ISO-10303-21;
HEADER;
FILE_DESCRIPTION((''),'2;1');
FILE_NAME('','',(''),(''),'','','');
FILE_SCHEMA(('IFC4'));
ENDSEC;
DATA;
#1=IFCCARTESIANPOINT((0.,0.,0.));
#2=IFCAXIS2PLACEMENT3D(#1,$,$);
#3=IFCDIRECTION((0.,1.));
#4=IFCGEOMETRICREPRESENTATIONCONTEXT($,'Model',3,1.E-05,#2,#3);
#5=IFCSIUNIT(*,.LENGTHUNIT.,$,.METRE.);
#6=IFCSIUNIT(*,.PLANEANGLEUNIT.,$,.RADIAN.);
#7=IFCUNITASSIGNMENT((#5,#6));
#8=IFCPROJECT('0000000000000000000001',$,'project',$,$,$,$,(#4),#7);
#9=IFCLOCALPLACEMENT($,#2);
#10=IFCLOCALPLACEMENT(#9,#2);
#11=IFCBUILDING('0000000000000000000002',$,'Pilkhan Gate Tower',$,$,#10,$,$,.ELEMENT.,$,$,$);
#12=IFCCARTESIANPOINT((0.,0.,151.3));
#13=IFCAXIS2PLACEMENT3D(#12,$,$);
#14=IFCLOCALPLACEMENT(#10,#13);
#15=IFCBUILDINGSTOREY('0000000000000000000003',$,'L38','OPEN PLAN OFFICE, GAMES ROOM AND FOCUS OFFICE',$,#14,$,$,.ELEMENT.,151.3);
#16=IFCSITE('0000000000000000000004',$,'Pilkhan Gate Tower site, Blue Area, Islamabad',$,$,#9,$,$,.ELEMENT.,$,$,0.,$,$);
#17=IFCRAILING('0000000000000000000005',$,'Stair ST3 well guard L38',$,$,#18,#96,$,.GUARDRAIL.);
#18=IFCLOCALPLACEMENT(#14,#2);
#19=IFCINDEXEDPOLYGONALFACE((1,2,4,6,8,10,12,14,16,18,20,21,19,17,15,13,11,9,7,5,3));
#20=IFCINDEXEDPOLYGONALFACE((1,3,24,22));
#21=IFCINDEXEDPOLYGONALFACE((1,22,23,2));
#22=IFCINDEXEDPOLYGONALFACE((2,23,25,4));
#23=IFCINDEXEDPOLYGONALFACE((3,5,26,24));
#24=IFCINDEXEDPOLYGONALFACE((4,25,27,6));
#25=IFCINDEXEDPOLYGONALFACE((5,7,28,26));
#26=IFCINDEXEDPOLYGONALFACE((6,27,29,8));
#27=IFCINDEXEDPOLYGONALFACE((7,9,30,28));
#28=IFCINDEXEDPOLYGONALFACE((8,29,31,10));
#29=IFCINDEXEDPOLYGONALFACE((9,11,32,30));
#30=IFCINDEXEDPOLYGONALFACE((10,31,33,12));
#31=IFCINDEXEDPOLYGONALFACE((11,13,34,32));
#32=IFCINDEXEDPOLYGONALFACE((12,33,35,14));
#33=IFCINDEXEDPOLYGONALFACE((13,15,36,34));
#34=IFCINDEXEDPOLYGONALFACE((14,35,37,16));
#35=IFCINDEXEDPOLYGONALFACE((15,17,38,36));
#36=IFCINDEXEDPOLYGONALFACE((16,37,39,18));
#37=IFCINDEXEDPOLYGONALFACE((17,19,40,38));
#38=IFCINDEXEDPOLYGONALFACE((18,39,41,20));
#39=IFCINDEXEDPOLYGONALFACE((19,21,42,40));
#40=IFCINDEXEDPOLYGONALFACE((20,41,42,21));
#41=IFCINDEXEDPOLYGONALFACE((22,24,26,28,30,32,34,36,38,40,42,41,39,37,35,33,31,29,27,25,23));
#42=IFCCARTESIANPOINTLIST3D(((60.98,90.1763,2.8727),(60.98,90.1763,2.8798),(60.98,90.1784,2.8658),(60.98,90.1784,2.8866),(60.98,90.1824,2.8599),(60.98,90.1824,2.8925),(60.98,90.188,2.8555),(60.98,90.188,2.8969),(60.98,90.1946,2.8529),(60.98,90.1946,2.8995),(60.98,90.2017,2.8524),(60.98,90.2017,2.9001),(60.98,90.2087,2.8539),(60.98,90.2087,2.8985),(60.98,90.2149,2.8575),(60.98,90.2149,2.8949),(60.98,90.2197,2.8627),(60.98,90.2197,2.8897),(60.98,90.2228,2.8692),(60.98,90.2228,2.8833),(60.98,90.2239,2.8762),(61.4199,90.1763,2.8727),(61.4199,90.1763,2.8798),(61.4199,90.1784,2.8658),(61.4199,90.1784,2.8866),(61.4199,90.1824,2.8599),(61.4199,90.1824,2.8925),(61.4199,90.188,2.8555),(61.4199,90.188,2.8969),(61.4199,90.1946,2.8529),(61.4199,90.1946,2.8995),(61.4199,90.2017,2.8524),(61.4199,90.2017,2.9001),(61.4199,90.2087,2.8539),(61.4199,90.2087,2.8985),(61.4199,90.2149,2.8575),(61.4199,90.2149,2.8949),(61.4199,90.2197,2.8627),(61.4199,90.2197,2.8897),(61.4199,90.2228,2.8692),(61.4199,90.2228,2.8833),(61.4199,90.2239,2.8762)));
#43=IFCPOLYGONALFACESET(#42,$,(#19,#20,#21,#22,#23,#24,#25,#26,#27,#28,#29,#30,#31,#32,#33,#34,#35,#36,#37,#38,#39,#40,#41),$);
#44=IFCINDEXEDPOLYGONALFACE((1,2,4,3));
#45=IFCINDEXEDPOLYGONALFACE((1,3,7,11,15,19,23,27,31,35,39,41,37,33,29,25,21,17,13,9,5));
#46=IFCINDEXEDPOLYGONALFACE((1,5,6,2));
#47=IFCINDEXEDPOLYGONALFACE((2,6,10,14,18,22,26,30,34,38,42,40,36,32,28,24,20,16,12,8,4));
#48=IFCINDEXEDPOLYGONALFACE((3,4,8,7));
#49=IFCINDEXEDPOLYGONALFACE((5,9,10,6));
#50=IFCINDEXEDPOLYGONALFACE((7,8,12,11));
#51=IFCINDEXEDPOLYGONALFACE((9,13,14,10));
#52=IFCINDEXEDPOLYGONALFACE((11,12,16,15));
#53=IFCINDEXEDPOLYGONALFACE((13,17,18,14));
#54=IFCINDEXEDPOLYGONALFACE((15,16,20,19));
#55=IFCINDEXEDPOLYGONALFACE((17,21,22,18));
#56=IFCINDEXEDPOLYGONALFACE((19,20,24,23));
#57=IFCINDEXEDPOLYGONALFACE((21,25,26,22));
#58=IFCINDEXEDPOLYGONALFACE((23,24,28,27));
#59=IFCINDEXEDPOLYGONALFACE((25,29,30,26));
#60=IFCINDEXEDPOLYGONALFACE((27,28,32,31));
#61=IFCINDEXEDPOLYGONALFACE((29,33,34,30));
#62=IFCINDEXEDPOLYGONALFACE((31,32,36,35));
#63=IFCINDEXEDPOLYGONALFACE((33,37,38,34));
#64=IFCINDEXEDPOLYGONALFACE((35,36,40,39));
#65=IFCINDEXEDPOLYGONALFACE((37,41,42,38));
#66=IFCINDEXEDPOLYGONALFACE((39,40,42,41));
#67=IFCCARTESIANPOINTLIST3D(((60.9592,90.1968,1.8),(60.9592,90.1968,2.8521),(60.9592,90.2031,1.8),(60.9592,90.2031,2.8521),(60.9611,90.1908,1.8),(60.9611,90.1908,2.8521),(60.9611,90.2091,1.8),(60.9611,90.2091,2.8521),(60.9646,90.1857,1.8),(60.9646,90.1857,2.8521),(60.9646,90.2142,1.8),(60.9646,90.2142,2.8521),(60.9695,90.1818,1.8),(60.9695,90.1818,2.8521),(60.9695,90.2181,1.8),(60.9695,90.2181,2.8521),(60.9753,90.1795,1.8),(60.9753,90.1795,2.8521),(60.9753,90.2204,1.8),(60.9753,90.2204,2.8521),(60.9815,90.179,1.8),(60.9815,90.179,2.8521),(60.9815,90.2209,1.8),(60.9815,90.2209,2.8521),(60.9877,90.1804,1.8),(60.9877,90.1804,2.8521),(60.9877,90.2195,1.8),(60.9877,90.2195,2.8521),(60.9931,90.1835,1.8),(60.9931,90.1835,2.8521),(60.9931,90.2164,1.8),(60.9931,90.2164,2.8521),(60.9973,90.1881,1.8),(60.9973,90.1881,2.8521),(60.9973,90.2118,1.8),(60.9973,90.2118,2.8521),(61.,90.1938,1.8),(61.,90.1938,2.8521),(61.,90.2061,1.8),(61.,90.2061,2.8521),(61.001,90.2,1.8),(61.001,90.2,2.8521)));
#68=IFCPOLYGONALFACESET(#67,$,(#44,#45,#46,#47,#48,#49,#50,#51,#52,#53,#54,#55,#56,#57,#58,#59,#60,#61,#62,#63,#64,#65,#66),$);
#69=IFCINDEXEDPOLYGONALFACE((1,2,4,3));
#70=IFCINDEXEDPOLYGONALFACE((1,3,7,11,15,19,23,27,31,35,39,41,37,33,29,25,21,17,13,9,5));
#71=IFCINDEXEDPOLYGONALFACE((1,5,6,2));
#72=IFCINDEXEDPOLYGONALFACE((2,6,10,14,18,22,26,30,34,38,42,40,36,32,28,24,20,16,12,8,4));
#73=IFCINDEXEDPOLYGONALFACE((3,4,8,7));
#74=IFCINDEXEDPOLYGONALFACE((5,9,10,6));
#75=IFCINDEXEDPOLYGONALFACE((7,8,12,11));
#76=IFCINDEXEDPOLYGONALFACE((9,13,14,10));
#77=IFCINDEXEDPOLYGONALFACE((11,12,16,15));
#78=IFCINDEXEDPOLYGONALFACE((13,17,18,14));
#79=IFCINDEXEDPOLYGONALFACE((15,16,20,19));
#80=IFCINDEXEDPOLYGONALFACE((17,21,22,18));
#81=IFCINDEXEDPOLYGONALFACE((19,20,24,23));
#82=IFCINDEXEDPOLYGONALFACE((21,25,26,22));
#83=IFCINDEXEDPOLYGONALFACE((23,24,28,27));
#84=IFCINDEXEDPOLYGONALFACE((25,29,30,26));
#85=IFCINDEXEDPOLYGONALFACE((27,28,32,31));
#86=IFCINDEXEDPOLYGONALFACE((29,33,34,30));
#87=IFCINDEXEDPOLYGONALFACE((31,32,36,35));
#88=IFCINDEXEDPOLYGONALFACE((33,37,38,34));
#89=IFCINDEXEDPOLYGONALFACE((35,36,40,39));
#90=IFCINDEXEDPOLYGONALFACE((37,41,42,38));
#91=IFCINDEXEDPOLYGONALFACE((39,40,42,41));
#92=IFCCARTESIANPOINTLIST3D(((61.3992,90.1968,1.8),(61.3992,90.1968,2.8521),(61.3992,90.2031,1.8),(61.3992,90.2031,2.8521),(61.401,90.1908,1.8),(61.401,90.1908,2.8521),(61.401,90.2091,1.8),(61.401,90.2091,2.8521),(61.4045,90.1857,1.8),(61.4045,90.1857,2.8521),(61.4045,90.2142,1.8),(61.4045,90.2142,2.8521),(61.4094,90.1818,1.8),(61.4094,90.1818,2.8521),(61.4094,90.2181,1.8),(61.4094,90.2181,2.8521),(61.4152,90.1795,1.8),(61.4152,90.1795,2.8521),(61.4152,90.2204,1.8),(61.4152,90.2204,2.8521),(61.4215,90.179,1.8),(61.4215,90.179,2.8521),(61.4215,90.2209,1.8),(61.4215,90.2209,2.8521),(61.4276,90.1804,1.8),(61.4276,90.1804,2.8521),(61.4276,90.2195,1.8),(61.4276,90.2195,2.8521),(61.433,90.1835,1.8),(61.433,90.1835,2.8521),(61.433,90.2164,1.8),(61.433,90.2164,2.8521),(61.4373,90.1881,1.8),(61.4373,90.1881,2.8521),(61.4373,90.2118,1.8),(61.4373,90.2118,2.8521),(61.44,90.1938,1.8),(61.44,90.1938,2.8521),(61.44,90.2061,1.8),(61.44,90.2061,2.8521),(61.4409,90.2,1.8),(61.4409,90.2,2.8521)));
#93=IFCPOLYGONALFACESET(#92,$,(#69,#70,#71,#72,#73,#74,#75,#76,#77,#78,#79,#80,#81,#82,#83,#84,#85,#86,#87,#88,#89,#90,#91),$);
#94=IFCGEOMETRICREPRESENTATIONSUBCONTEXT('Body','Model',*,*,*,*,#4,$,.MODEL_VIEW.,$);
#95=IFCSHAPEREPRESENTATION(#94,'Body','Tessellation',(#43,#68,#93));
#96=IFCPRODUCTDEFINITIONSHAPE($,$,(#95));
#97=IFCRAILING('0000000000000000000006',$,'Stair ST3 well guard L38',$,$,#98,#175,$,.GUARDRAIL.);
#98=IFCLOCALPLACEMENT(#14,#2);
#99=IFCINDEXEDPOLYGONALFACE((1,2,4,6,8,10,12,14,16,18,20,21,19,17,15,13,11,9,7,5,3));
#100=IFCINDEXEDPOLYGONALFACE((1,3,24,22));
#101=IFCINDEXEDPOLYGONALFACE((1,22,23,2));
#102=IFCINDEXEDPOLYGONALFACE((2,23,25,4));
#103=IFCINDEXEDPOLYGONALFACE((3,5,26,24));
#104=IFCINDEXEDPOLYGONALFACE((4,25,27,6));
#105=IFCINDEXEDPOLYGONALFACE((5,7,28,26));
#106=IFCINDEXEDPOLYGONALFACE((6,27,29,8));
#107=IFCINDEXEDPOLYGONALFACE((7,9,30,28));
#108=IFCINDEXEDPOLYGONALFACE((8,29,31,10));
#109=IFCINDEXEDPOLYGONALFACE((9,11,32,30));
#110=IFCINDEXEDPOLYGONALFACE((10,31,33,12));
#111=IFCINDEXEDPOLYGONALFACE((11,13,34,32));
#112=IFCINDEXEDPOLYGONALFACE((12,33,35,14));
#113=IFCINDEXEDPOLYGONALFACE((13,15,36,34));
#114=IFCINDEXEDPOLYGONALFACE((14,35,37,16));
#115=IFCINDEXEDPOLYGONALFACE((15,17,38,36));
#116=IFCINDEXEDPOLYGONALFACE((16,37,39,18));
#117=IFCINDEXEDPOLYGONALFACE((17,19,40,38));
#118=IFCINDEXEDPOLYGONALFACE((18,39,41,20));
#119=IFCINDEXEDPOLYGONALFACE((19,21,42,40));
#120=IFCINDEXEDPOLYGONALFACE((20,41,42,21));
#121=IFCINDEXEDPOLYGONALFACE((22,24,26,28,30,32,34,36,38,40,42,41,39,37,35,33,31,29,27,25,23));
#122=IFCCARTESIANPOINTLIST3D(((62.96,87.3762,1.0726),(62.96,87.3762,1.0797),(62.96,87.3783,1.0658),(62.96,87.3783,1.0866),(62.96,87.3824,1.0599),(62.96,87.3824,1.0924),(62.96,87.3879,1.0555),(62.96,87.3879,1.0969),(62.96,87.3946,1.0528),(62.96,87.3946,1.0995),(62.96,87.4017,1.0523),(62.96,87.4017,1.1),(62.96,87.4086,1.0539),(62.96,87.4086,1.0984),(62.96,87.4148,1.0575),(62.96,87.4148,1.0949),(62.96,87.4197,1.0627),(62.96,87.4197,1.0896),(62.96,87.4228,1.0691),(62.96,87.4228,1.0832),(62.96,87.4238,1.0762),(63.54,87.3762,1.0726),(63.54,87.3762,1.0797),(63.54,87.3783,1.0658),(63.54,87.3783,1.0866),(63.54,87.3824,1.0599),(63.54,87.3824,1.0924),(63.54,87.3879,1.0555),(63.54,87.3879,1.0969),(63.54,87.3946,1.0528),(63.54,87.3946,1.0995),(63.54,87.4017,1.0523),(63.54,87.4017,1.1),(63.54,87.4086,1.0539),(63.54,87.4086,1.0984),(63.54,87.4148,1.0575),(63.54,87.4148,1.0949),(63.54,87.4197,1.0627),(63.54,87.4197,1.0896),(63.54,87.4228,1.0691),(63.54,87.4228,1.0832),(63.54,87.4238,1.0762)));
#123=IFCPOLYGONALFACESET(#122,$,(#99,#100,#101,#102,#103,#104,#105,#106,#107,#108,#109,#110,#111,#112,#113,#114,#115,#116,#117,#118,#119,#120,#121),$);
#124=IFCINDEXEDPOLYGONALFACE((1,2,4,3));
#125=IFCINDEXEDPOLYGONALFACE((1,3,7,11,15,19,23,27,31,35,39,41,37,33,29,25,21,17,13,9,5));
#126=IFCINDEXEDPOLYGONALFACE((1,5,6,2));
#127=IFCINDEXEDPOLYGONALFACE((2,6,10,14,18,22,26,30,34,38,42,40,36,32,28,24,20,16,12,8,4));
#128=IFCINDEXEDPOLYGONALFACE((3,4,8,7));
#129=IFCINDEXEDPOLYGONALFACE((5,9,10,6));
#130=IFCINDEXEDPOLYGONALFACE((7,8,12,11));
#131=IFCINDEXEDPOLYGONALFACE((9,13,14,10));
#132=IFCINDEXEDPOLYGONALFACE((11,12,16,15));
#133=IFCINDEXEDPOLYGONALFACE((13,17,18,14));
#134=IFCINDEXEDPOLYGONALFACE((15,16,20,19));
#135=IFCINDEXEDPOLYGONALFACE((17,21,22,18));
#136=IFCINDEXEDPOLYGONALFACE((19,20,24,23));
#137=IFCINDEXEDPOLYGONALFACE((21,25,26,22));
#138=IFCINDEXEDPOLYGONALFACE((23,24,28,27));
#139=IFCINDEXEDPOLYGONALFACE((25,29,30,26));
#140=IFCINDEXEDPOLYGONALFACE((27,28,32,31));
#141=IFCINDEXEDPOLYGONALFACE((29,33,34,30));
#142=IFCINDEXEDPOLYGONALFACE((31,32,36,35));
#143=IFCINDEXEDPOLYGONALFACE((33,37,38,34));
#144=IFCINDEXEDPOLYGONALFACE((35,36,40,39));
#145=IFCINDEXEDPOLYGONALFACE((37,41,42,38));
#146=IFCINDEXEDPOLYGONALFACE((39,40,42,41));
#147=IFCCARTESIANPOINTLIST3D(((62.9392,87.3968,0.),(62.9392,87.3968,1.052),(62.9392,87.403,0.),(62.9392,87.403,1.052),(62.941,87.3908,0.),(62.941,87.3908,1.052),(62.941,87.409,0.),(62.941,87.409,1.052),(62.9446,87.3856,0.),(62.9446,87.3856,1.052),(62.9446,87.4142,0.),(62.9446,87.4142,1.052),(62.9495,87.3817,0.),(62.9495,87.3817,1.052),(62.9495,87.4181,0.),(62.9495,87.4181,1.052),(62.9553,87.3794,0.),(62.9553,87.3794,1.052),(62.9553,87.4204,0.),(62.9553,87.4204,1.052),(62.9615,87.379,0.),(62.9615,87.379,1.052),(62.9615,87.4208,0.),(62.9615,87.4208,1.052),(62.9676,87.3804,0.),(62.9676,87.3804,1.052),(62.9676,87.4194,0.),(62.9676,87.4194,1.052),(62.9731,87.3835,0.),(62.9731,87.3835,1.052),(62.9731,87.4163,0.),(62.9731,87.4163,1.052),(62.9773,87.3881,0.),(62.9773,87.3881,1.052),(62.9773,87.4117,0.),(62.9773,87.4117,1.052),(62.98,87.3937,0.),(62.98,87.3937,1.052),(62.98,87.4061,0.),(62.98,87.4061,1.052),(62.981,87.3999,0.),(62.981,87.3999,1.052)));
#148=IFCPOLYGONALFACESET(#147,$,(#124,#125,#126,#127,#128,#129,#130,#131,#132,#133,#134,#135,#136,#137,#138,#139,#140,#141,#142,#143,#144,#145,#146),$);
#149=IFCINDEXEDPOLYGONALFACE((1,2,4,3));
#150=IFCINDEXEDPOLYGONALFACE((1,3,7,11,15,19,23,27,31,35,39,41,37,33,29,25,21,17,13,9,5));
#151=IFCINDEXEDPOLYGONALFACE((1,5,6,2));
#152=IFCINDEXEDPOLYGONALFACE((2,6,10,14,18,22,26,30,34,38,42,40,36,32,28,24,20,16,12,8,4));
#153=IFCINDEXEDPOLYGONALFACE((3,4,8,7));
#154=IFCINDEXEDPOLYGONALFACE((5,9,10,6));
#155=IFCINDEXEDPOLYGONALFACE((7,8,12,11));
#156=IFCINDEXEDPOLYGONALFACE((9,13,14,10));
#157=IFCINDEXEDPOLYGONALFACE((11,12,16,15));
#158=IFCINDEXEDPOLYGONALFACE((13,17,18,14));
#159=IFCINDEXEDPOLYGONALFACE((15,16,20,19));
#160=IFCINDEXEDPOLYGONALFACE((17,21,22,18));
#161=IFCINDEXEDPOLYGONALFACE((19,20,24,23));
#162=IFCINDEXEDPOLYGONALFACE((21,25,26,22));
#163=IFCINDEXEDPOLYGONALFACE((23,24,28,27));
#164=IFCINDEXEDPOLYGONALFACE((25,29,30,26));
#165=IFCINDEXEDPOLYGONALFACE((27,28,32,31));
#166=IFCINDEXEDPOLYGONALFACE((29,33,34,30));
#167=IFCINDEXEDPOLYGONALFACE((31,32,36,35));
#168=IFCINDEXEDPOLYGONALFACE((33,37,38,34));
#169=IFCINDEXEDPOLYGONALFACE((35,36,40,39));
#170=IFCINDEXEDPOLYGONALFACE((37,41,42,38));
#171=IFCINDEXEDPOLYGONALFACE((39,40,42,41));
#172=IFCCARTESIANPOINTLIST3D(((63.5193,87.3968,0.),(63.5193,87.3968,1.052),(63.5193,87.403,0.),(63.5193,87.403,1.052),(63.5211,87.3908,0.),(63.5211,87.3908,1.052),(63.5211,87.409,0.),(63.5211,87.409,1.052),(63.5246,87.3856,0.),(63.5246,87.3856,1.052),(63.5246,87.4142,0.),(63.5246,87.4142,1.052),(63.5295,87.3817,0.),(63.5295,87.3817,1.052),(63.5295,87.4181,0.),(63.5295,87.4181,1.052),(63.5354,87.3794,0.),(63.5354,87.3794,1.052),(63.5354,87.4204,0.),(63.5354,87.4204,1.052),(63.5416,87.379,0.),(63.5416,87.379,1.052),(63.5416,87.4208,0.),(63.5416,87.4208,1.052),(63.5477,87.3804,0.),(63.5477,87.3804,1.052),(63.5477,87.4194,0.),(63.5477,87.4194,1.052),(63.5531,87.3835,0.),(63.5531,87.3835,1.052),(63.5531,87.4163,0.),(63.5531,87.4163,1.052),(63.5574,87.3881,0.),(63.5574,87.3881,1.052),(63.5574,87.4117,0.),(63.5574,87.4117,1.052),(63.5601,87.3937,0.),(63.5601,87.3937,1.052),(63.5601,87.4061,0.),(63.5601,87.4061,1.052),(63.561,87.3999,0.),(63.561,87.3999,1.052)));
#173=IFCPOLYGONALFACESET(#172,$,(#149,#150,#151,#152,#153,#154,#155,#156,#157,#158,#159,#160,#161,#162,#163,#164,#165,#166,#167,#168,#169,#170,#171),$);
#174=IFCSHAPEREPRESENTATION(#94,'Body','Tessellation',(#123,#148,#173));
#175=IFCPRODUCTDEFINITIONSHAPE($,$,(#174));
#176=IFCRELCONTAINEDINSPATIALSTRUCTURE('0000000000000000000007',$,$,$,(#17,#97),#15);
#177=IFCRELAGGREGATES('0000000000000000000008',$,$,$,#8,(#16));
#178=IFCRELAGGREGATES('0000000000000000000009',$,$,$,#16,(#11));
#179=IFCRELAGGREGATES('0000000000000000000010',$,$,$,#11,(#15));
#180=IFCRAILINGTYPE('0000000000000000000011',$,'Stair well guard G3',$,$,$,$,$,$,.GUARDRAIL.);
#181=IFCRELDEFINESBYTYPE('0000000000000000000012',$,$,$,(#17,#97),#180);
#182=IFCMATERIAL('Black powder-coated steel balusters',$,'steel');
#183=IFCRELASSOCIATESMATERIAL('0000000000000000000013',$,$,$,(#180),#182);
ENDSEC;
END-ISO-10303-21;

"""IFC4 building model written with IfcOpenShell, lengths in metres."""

from ifc_helpers import new_model, si_unit, direction, frame, origin, origin_2d, place, context, subcontext, project, spatial, circle, extrude, material, type_object, element, save


model = new_model("IFC4")

# Units and contexts
model_context = context("Model", 3, precision=1e-05, world=origin(), true_north=direction((0.0, 1.0)))
body_context = subcontext(model_context, "Body", "Model", "MODEL_VIEW")
ifc_project = project(units=[si_unit("LENGTHUNIT", "METRE"), si_unit("PLANEANGLEUNIT", "RADIAN")], contexts=[model_context])

# Site, building, storey
site_placement = place(None, origin())
site = spatial("IfcSite", under=ifc_project, at=site_placement, Name="Pilkhan Gate Tower site, Blue Area, Islamabad", CompositionType="ELEMENT", RefElevation=0.0)
building_placement = place(site_placement, origin())
building = spatial("IfcBuilding", under=site, at=building_placement, Name="Pilkhan Gate Tower", CompositionType="ELEMENT")
storey_placement = place(building_placement, frame((0.0, 0.0, 151.3)))
storey = spatial("IfcBuildingStorey", under=building, at=storey_placement, Name="L38", Description="OPEN PLAN OFFICE, GAMES ROOM AND FOCUS OFFICE", CompositionType="ELEMENT", Elevation=151.3)

# Railings
ifc_material_1 = material(Name="Black powder-coated steel balusters", Category="steel")
railing_type_1 = type_object("IfcRailingType", Name="Stair well guard G3", PredefinedType="GUARDRAIL", material=ifc_material_1)
railing_1_placement = place(storey_placement, frame((60.98, 90.2, 1.8)))
element("IfcRailing", 1, at=railing_1_placement, inside=storey, type_object=railing_type_1, Name="Stair ST3 well guard L38", PredefinedType="GUARDRAIL", context=body_context, shape_type="SweptSolid", body=[
    extrude(circle(Radius=0.0239, at=origin_2d()), frame((0.0, 0.0, 1.0762), z_axis=(1.0, 0.0, 0.0), x_axis=(0.0, 1.0, 0.0)), (0.0, 0.0, 1.0), 0.4399),
    extrude(circle(Radius=0.021, at=origin_2d()), origin(), (0.0, 0.0, 1.0), 1.052),
    extrude(circle(Radius=0.021, at=origin_2d()), frame((0.4399, 0.0, 0.0)), (0.0, 0.0, 1.0), 1.052),
])
for number, where, name in (
    (2, (62.96, 87.3999, 0.0), "Stair ST3 well guard L38"),
):
    element("IfcRailing", number, at=place(storey_placement, frame(where)), inside=storey, type_object=railing_type_1, Name=name, PredefinedType="GUARDRAIL", context=body_context, shape_type="SweptSolid", body=[
        extrude(circle(Radius=0.0239, at=origin_2d()), frame((0.0, 0.0, 1.0762), z_axis=(1.0, 0.0, 0.0), x_axis=(0.0, 1.0, 0.0)), (0.0, 0.0, 1.0), 0.5801),
        extrude(circle(Radius=0.021, at=origin_2d()), origin(), (0.0, 0.0, 1.0), 1.052),
        extrude(circle(Radius=0.021, at=origin_2d()), frame((0.5801, 0.0, 0.0)), (0.0, 0.0, 1.0), 1.052),
    ])

save(model, "model.ifc")
